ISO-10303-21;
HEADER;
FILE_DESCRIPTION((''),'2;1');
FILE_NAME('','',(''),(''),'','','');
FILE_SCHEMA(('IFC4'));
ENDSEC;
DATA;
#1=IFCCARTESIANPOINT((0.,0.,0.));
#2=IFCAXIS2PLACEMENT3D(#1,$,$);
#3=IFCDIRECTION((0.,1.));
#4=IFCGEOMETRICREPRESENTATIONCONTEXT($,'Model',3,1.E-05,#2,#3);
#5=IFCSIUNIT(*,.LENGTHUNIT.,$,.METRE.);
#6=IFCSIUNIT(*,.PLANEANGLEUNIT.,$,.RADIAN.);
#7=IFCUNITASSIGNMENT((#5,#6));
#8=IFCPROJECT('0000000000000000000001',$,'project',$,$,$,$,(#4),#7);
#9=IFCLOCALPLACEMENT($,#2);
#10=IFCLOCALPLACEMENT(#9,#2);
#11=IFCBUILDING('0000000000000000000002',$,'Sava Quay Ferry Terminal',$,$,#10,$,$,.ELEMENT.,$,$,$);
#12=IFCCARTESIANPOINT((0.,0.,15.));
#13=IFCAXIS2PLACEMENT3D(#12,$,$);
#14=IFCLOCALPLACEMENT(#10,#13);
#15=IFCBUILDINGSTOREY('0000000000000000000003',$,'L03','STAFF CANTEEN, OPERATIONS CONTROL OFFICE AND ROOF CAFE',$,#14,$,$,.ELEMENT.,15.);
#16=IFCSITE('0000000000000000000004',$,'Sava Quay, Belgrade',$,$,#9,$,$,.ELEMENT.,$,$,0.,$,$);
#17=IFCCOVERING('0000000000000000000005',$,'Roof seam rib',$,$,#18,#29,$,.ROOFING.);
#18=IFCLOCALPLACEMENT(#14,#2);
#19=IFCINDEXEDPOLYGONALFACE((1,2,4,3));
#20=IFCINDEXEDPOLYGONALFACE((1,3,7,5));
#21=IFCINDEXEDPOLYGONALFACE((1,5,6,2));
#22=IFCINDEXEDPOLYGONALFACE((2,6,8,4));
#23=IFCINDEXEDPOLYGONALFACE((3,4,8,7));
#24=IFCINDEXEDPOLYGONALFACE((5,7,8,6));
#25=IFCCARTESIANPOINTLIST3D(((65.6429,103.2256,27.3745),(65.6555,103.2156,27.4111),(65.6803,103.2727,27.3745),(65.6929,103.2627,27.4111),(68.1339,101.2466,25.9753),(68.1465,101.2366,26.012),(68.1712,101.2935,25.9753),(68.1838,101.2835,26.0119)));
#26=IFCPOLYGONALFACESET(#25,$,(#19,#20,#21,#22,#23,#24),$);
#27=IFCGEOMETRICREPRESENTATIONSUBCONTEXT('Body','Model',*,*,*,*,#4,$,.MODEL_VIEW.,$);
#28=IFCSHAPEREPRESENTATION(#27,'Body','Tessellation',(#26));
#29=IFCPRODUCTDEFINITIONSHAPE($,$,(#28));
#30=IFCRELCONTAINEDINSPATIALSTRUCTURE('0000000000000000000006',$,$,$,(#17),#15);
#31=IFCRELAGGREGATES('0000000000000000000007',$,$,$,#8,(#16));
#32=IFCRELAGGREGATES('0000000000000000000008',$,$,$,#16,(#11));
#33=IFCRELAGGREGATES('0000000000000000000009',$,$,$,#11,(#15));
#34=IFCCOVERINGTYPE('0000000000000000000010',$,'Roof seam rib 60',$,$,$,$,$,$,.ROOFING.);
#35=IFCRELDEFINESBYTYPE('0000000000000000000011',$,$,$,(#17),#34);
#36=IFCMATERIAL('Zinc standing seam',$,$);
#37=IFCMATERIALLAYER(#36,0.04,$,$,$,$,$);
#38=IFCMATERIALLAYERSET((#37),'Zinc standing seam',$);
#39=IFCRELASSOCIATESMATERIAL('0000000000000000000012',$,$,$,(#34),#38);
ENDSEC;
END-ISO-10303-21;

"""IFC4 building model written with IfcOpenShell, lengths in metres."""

from ifc_helpers import new_model, si_unit, direction, frame, origin, place, context, subcontext, project, spatial, polyline, outline, extrude, material, layer, layer_set, type_object, element, save


model = new_model("IFC4")

# Units and contexts
model_context = context("Model", 3, precision=1e-05, world=origin(), true_north=direction((0.0, 1.0)))
body_context = subcontext(model_context, "Body", "Model", "MODEL_VIEW")
ifc_project = project(units=[si_unit("LENGTHUNIT", "METRE"), si_unit("PLANEANGLEUNIT", "RADIAN")], contexts=[model_context])

# Site, building, storey
site_placement = place(None, origin())
site = spatial("IfcSite", under=ifc_project, at=site_placement, Name="Sava Quay, Belgrade", CompositionType="ELEMENT", RefElevation=0.0)
building_placement = place(site_placement, origin())
building = spatial("IfcBuilding", under=site, at=building_placement, Name="Sava Quay Ferry Terminal", CompositionType="ELEMENT")
storey_placement = place(building_placement, frame((0.0, 0.0, 15.0)))
storey = spatial("IfcBuildingStorey", under=building, at=storey_placement, Name="L03", Description="STAFF CANTEEN, OPERATIONS CONTROL OFFICE AND ROOF CAFE", CompositionType="ELEMENT", Elevation=15.0)

# Covering
ifc_material_1 = material(Name="Zinc standing seam")
ifc_layer = layer(ifc_material_1, 0.04)
ifc_layer_set = layer_set([ifc_layer], Name="Zinc standing seam")
covering_type_1 = type_object("IfcCoveringType", Name="Roof seam rib 60", PredefinedType="ROOFING", material=ifc_layer_set)
covering_1_placement = place(storey_placement, frame((68.1465, 101.2366, 26.012), z_axis=(0.315154, -0.250486, 0.915388), x_axis=(-0.716726, 0.569419, 0.402574)))
element("IfcCovering", 1, at=covering_1_placement, inside=storey, type_object=covering_type_1, Name="Roof seam rib", PredefinedType="ROOFING", context=body_context, shape_type="SweptSolid", body=[
    extrude(outline(polyline([(0.0, 0.0), (3.4755, 0.0), (3.4756, -0.0601), (-0.0001, -0.0599), (0.0, 0.0)])), origin(), (0.0, 0.0, -1.0), 0.04),
])

save(model, "model.ifc")
